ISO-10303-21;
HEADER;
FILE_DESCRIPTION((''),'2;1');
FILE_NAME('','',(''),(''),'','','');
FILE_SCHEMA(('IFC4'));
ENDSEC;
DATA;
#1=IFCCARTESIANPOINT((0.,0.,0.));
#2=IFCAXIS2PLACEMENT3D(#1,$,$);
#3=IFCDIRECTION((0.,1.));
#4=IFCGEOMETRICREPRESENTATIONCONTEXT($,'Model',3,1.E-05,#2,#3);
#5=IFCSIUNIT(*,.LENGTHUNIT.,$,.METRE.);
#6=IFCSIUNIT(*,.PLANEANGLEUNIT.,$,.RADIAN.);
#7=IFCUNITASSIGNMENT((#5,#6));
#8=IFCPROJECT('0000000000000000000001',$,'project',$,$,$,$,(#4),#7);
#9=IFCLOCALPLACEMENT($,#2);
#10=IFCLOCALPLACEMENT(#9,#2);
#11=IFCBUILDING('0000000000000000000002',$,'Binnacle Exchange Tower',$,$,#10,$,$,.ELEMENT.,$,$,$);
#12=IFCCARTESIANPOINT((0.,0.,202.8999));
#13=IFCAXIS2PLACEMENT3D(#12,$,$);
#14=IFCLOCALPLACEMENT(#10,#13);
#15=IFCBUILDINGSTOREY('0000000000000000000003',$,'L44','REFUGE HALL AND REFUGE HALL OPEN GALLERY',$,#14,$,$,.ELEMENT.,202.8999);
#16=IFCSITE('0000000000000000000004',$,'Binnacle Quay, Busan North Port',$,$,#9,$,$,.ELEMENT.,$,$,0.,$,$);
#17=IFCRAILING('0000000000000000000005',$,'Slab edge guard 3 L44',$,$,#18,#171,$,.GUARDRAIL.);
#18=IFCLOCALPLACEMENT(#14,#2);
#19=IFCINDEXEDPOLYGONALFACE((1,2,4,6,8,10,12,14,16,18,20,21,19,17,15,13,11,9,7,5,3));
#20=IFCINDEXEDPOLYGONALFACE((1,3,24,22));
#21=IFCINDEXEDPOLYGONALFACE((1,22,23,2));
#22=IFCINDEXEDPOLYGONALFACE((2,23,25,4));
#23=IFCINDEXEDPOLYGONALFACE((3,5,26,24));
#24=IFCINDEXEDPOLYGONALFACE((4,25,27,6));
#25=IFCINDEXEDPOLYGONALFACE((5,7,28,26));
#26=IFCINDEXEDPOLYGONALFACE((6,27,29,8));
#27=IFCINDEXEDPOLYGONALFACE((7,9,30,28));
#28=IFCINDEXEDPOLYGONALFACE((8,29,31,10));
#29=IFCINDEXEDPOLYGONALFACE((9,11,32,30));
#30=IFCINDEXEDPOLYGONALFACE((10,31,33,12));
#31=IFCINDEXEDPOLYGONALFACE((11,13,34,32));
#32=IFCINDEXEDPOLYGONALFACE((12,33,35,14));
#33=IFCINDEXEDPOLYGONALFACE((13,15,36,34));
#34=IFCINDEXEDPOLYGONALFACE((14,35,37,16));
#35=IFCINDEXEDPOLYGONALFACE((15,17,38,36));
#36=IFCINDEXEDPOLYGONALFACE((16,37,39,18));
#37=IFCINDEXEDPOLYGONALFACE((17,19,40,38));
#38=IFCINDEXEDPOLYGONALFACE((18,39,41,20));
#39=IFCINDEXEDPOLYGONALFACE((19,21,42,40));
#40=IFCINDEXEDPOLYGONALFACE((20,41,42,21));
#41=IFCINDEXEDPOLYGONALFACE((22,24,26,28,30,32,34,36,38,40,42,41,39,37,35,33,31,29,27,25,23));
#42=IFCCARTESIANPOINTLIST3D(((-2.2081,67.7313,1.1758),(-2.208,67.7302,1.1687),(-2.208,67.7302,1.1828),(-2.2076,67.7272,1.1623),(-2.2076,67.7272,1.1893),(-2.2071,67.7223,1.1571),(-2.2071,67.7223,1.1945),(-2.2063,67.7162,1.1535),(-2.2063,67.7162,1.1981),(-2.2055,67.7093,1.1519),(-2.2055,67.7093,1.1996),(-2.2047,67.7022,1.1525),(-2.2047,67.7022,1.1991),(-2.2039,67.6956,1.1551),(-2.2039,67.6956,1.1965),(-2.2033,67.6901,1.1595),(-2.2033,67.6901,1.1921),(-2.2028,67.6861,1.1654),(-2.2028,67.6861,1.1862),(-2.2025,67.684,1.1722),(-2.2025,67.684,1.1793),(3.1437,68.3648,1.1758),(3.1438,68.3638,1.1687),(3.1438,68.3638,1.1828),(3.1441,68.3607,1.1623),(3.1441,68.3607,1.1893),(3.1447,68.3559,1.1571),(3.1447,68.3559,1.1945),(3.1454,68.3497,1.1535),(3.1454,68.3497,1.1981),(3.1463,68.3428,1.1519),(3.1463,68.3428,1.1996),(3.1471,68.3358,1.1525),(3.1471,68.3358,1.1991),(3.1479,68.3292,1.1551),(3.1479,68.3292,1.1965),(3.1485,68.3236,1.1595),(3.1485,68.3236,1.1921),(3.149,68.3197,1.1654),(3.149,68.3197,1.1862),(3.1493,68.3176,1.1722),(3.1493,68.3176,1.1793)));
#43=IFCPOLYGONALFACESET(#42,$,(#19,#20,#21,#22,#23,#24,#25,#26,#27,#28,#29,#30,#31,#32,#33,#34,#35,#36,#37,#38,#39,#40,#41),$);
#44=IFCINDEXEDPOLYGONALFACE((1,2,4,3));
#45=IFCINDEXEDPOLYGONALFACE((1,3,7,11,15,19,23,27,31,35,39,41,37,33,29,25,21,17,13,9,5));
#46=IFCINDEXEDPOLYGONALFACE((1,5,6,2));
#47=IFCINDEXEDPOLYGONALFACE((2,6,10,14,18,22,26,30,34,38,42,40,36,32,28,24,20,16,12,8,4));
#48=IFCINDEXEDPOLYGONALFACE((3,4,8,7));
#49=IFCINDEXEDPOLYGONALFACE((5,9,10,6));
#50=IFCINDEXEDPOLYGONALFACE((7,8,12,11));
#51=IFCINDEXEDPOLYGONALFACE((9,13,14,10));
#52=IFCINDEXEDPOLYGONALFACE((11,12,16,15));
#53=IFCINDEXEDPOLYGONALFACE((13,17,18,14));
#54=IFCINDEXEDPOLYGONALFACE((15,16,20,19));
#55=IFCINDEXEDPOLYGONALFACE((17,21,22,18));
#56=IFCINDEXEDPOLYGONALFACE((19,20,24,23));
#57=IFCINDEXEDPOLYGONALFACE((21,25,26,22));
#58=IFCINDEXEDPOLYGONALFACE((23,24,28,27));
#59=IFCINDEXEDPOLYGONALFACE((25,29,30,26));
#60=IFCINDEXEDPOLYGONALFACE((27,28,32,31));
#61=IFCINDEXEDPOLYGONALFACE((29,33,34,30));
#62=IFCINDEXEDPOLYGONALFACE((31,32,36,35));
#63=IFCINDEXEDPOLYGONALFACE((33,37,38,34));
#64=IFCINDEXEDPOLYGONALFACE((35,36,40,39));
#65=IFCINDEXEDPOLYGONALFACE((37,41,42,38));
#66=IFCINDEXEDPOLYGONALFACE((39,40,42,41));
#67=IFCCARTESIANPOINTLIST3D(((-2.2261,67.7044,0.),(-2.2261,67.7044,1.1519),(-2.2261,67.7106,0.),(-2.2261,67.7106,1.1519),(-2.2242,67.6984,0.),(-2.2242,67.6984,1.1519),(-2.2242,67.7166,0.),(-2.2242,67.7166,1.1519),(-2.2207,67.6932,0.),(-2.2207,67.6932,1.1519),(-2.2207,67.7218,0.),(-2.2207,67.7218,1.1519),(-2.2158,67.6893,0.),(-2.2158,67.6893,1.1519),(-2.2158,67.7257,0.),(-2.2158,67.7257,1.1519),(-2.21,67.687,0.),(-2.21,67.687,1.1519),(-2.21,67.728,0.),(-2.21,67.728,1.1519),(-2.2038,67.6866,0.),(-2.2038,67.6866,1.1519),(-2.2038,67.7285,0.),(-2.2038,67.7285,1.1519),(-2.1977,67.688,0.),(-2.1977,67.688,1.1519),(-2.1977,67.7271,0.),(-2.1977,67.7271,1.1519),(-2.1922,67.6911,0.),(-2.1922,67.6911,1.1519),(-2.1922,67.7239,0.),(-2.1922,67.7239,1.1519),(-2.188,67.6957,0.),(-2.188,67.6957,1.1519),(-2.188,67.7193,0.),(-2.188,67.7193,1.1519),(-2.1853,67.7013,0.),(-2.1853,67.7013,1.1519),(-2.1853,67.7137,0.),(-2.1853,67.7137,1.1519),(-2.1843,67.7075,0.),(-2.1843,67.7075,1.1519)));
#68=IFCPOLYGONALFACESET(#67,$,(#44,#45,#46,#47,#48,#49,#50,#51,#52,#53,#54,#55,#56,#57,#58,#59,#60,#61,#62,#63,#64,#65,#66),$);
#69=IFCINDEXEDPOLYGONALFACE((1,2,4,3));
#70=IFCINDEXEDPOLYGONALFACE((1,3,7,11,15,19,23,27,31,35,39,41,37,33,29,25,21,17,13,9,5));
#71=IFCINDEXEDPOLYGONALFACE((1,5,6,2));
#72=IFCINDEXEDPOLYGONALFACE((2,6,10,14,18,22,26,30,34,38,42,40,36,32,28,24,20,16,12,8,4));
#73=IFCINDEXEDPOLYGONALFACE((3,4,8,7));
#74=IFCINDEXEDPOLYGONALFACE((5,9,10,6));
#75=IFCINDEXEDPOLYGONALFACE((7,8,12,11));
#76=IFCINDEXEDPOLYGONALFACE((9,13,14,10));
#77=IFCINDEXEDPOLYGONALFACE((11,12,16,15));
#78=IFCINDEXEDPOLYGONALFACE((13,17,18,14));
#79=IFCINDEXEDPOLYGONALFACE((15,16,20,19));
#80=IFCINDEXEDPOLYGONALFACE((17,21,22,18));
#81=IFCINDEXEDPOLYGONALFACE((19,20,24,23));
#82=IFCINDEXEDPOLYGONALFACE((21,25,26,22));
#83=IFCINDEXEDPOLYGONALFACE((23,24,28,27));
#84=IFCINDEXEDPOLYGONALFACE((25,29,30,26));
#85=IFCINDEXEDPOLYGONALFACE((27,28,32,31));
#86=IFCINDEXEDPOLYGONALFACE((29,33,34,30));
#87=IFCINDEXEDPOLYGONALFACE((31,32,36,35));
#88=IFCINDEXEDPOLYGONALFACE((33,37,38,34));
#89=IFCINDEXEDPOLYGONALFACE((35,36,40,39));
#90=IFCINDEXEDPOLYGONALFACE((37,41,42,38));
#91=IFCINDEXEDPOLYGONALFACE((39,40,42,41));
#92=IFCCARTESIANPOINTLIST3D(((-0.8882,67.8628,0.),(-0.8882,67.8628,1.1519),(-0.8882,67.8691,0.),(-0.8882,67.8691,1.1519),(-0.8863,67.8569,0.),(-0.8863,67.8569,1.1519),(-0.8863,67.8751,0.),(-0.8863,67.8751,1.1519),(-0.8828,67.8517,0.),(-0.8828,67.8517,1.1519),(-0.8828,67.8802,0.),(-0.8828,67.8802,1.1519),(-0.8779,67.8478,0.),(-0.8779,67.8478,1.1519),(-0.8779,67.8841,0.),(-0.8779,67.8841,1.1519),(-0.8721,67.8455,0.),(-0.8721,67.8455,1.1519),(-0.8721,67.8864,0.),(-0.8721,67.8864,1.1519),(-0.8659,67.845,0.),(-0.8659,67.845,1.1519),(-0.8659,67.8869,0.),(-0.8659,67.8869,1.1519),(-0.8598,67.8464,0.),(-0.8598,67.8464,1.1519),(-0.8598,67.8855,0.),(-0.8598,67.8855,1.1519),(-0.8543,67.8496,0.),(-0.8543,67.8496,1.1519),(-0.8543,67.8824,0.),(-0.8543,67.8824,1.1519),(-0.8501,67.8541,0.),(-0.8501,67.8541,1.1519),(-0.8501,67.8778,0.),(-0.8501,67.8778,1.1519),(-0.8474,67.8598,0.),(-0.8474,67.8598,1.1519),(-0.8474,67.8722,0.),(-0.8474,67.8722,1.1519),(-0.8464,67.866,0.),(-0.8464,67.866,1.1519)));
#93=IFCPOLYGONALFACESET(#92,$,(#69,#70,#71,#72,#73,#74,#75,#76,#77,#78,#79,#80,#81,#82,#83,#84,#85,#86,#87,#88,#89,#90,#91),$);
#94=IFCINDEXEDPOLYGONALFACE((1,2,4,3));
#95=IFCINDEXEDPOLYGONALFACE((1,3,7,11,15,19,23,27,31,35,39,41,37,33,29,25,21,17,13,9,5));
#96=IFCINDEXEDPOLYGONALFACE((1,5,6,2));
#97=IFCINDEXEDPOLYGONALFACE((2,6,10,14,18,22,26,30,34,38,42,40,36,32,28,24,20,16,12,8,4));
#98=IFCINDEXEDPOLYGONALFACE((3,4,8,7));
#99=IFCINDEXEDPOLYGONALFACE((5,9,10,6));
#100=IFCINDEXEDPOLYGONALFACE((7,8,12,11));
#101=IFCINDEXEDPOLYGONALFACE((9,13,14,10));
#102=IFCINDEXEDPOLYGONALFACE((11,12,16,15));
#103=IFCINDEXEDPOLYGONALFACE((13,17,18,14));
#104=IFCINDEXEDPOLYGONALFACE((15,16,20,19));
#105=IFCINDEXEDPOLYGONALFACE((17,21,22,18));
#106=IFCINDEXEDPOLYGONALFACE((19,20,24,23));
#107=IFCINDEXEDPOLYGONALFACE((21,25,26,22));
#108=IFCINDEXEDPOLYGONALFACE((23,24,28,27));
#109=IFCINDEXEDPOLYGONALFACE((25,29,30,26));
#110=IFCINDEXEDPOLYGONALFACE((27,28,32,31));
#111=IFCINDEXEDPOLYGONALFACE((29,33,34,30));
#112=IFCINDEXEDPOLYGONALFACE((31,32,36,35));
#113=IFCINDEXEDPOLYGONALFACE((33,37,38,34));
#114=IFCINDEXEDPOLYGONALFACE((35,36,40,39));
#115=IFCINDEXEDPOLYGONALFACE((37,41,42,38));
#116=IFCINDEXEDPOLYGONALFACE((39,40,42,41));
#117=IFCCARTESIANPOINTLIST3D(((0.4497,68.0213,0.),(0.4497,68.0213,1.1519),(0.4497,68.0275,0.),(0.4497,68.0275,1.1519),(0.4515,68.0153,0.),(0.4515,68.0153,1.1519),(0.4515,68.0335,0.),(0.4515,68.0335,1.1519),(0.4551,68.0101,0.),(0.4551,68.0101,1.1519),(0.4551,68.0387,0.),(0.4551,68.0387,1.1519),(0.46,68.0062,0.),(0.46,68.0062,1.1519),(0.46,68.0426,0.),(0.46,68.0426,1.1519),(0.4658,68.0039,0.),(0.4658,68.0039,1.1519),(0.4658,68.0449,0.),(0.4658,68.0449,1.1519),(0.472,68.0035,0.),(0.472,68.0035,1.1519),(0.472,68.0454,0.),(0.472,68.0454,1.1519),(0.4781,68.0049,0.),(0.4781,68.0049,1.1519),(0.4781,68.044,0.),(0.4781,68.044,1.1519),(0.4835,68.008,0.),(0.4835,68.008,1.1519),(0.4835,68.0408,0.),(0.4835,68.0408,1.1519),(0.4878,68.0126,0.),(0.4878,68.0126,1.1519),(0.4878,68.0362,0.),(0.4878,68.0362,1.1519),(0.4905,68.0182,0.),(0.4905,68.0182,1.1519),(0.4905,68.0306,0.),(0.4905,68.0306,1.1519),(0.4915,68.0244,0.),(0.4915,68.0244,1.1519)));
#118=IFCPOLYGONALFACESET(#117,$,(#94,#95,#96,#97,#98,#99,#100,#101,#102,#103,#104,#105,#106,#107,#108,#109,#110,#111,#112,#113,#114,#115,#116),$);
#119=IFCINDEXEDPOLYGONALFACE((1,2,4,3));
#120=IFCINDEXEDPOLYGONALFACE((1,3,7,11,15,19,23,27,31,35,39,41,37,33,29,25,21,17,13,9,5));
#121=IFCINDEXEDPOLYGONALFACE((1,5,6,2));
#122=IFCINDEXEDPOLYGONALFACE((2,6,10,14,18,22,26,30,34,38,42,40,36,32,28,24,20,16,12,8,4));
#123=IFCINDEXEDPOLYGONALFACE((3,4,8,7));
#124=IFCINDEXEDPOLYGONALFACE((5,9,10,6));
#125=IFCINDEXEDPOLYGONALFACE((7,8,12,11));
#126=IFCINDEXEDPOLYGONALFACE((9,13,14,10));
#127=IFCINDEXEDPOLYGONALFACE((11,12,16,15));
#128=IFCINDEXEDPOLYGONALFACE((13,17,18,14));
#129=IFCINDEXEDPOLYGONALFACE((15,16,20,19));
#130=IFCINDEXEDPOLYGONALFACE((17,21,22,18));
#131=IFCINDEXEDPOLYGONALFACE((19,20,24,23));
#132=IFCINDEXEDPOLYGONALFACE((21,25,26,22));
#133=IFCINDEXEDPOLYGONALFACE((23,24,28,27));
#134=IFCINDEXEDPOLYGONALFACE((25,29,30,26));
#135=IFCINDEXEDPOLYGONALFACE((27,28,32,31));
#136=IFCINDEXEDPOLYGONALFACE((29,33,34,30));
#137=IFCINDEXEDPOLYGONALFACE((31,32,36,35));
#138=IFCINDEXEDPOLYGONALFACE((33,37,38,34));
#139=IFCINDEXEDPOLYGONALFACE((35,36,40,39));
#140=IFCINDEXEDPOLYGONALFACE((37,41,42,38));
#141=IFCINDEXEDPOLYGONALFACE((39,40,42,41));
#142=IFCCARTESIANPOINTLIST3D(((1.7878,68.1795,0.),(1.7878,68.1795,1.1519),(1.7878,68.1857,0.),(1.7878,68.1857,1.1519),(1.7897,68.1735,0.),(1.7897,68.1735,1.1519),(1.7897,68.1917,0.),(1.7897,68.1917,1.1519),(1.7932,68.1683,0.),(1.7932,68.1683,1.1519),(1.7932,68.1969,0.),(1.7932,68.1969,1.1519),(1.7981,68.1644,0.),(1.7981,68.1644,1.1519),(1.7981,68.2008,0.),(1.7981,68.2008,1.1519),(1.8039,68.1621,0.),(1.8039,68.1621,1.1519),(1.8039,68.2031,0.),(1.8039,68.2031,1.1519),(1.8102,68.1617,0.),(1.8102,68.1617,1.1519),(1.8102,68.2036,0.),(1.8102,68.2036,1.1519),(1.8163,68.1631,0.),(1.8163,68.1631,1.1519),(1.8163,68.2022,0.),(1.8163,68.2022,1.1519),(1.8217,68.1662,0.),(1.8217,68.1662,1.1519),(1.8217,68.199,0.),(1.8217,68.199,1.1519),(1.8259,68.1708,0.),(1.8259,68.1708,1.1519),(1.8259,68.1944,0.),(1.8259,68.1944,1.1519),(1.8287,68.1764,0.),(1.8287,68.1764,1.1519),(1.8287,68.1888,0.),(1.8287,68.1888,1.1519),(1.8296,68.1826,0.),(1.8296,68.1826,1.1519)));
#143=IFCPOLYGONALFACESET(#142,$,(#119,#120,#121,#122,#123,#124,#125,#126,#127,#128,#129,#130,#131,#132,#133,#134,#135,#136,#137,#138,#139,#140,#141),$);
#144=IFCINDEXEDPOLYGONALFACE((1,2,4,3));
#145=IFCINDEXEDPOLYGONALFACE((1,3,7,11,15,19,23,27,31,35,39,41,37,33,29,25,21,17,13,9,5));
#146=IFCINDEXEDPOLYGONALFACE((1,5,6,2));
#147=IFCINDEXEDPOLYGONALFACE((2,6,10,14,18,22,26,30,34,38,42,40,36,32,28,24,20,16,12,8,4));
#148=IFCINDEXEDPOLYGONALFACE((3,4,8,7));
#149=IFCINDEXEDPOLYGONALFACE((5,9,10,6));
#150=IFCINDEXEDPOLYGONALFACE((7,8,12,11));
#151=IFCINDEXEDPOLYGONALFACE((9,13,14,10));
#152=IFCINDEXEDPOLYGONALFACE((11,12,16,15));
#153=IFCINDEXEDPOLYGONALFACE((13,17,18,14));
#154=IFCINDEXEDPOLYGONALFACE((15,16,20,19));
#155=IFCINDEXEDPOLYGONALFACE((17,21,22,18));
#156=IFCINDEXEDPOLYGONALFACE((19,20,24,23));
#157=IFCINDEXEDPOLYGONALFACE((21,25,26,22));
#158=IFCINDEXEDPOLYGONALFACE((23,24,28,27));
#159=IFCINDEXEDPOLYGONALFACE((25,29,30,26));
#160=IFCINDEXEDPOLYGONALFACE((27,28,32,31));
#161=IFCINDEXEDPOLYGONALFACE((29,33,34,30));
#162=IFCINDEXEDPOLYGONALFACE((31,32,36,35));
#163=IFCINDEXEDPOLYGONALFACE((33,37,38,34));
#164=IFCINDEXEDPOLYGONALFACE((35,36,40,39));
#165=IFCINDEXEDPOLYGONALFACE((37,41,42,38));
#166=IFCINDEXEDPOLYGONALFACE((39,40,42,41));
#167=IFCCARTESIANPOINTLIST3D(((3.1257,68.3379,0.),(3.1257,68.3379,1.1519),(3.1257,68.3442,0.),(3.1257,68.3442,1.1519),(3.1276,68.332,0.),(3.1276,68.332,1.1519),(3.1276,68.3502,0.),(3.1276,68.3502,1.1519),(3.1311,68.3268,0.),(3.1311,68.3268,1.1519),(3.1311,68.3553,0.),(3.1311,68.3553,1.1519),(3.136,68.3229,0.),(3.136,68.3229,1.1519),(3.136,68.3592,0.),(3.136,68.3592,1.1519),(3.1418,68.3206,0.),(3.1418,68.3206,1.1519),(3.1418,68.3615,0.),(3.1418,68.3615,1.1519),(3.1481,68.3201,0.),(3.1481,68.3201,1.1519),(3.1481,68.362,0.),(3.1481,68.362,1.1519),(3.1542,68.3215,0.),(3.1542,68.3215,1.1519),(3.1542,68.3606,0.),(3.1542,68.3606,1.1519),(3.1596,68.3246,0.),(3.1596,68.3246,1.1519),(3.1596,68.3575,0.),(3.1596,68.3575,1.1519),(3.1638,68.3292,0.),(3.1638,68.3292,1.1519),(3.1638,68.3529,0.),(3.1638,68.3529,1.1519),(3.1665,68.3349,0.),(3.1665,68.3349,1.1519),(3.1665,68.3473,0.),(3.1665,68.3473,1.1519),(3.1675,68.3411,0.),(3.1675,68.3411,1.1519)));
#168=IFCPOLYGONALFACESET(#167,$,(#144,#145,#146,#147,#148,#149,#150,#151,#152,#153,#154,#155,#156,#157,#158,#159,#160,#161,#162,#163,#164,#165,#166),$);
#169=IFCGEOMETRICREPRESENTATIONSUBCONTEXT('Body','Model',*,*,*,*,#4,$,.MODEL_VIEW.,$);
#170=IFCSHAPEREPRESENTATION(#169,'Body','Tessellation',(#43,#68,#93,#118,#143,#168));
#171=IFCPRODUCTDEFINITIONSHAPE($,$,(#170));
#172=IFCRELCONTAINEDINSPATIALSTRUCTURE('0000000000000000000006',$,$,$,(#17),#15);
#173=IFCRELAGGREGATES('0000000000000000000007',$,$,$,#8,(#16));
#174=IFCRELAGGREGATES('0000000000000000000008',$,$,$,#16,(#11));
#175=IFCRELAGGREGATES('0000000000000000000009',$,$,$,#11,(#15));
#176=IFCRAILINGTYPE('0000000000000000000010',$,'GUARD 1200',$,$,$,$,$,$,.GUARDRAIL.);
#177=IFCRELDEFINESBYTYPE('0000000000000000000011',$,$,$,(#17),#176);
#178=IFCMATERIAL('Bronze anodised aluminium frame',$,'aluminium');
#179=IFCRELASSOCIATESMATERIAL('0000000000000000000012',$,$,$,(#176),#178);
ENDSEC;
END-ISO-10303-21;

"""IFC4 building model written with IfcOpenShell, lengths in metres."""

from ifc_helpers import new_model, si_unit, direction, frame, origin, origin_2d, place, context, subcontext, project, spatial, circle, extrude, material, type_object, element, save


model = new_model("IFC4")

# Units and contexts
model_context = context("Model", 3, precision=1e-05, world=origin(), true_north=direction((0.0, 1.0)))
body_context = subcontext(model_context, "Body", "Model", "MODEL_VIEW")
ifc_project = project(units=[si_unit("LENGTHUNIT", "METRE"), si_unit("PLANEANGLEUNIT", "RADIAN")], contexts=[model_context])

# Site, building, storey
site_placement = place(None, origin())
site = spatial("IfcSite", under=ifc_project, at=site_placement, Name="Binnacle Quay, Busan North Port", CompositionType="ELEMENT", RefElevation=0.0)
building_placement = place(site_placement, origin())
building = spatial("IfcBuilding", under=site, at=building_placement, Name="Binnacle Exchange Tower", CompositionType="ELEMENT")
storey_placement = place(building_placement, frame((0.0, 0.0, 202.8999)))
storey = spatial("IfcBuildingStorey", under=building, at=storey_placement, Name="L44", Description="REFUGE HALL AND REFUGE HALL OPEN GALLERY", CompositionType="ELEMENT", Elevation=202.8999)

# Railing
ifc_material_1 = material(Name="Bronze anodised aluminium frame", Category="aluminium")
railing_type = type_object("IfcRailingType", Name="GUARD 1200", PredefinedType="GUARDRAIL", material=ifc_material_1)
railing_1_placement = place(storey_placement, frame((-2.2053, 67.7075, 0.0)))
element("IfcRailing", 1, at=railing_1_placement, inside=storey, type_object=railing_type, Name="Slab edge guard 3 L44", PredefinedType="GUARDRAIL", context=body_context, shape_type="SweptSolid", body=[
    extrude(circle(Radius=0.0239, at=origin_2d()), frame((0.0, 0.0, 1.1758), z_axis=(0.993066, 0.117559, 0.0), x_axis=(-0.117559, 0.993066, 0.0)), (0.0, 0.0, 1.0), 5.3892),
    extrude(circle(Radius=0.021, at=origin_2d()), origin(), (0.0, 0.0, 1.0), 1.1519),
    extrude(circle(Radius=0.021, at=origin_2d()), frame((1.3379, 0.1584, 0.0)), (0.0, 0.0, 1.0), 1.1519),
    extrude(circle(Radius=0.021, at=origin_2d()), frame((2.6758, 0.3169, 0.0)), (0.0, 0.0, 1.0), 1.1519),
    extrude(circle(Radius=0.021, at=origin_2d()), frame((4.0139, 0.4751, 0.0)), (0.0, 0.0, 1.0), 1.1519),
    extrude(circle(Radius=0.021, at=origin_2d()), frame((5.3518, 0.6335, 0.0)), (0.0, 0.0, 1.0), 1.1519),
])

save(model, "model.ifc")
